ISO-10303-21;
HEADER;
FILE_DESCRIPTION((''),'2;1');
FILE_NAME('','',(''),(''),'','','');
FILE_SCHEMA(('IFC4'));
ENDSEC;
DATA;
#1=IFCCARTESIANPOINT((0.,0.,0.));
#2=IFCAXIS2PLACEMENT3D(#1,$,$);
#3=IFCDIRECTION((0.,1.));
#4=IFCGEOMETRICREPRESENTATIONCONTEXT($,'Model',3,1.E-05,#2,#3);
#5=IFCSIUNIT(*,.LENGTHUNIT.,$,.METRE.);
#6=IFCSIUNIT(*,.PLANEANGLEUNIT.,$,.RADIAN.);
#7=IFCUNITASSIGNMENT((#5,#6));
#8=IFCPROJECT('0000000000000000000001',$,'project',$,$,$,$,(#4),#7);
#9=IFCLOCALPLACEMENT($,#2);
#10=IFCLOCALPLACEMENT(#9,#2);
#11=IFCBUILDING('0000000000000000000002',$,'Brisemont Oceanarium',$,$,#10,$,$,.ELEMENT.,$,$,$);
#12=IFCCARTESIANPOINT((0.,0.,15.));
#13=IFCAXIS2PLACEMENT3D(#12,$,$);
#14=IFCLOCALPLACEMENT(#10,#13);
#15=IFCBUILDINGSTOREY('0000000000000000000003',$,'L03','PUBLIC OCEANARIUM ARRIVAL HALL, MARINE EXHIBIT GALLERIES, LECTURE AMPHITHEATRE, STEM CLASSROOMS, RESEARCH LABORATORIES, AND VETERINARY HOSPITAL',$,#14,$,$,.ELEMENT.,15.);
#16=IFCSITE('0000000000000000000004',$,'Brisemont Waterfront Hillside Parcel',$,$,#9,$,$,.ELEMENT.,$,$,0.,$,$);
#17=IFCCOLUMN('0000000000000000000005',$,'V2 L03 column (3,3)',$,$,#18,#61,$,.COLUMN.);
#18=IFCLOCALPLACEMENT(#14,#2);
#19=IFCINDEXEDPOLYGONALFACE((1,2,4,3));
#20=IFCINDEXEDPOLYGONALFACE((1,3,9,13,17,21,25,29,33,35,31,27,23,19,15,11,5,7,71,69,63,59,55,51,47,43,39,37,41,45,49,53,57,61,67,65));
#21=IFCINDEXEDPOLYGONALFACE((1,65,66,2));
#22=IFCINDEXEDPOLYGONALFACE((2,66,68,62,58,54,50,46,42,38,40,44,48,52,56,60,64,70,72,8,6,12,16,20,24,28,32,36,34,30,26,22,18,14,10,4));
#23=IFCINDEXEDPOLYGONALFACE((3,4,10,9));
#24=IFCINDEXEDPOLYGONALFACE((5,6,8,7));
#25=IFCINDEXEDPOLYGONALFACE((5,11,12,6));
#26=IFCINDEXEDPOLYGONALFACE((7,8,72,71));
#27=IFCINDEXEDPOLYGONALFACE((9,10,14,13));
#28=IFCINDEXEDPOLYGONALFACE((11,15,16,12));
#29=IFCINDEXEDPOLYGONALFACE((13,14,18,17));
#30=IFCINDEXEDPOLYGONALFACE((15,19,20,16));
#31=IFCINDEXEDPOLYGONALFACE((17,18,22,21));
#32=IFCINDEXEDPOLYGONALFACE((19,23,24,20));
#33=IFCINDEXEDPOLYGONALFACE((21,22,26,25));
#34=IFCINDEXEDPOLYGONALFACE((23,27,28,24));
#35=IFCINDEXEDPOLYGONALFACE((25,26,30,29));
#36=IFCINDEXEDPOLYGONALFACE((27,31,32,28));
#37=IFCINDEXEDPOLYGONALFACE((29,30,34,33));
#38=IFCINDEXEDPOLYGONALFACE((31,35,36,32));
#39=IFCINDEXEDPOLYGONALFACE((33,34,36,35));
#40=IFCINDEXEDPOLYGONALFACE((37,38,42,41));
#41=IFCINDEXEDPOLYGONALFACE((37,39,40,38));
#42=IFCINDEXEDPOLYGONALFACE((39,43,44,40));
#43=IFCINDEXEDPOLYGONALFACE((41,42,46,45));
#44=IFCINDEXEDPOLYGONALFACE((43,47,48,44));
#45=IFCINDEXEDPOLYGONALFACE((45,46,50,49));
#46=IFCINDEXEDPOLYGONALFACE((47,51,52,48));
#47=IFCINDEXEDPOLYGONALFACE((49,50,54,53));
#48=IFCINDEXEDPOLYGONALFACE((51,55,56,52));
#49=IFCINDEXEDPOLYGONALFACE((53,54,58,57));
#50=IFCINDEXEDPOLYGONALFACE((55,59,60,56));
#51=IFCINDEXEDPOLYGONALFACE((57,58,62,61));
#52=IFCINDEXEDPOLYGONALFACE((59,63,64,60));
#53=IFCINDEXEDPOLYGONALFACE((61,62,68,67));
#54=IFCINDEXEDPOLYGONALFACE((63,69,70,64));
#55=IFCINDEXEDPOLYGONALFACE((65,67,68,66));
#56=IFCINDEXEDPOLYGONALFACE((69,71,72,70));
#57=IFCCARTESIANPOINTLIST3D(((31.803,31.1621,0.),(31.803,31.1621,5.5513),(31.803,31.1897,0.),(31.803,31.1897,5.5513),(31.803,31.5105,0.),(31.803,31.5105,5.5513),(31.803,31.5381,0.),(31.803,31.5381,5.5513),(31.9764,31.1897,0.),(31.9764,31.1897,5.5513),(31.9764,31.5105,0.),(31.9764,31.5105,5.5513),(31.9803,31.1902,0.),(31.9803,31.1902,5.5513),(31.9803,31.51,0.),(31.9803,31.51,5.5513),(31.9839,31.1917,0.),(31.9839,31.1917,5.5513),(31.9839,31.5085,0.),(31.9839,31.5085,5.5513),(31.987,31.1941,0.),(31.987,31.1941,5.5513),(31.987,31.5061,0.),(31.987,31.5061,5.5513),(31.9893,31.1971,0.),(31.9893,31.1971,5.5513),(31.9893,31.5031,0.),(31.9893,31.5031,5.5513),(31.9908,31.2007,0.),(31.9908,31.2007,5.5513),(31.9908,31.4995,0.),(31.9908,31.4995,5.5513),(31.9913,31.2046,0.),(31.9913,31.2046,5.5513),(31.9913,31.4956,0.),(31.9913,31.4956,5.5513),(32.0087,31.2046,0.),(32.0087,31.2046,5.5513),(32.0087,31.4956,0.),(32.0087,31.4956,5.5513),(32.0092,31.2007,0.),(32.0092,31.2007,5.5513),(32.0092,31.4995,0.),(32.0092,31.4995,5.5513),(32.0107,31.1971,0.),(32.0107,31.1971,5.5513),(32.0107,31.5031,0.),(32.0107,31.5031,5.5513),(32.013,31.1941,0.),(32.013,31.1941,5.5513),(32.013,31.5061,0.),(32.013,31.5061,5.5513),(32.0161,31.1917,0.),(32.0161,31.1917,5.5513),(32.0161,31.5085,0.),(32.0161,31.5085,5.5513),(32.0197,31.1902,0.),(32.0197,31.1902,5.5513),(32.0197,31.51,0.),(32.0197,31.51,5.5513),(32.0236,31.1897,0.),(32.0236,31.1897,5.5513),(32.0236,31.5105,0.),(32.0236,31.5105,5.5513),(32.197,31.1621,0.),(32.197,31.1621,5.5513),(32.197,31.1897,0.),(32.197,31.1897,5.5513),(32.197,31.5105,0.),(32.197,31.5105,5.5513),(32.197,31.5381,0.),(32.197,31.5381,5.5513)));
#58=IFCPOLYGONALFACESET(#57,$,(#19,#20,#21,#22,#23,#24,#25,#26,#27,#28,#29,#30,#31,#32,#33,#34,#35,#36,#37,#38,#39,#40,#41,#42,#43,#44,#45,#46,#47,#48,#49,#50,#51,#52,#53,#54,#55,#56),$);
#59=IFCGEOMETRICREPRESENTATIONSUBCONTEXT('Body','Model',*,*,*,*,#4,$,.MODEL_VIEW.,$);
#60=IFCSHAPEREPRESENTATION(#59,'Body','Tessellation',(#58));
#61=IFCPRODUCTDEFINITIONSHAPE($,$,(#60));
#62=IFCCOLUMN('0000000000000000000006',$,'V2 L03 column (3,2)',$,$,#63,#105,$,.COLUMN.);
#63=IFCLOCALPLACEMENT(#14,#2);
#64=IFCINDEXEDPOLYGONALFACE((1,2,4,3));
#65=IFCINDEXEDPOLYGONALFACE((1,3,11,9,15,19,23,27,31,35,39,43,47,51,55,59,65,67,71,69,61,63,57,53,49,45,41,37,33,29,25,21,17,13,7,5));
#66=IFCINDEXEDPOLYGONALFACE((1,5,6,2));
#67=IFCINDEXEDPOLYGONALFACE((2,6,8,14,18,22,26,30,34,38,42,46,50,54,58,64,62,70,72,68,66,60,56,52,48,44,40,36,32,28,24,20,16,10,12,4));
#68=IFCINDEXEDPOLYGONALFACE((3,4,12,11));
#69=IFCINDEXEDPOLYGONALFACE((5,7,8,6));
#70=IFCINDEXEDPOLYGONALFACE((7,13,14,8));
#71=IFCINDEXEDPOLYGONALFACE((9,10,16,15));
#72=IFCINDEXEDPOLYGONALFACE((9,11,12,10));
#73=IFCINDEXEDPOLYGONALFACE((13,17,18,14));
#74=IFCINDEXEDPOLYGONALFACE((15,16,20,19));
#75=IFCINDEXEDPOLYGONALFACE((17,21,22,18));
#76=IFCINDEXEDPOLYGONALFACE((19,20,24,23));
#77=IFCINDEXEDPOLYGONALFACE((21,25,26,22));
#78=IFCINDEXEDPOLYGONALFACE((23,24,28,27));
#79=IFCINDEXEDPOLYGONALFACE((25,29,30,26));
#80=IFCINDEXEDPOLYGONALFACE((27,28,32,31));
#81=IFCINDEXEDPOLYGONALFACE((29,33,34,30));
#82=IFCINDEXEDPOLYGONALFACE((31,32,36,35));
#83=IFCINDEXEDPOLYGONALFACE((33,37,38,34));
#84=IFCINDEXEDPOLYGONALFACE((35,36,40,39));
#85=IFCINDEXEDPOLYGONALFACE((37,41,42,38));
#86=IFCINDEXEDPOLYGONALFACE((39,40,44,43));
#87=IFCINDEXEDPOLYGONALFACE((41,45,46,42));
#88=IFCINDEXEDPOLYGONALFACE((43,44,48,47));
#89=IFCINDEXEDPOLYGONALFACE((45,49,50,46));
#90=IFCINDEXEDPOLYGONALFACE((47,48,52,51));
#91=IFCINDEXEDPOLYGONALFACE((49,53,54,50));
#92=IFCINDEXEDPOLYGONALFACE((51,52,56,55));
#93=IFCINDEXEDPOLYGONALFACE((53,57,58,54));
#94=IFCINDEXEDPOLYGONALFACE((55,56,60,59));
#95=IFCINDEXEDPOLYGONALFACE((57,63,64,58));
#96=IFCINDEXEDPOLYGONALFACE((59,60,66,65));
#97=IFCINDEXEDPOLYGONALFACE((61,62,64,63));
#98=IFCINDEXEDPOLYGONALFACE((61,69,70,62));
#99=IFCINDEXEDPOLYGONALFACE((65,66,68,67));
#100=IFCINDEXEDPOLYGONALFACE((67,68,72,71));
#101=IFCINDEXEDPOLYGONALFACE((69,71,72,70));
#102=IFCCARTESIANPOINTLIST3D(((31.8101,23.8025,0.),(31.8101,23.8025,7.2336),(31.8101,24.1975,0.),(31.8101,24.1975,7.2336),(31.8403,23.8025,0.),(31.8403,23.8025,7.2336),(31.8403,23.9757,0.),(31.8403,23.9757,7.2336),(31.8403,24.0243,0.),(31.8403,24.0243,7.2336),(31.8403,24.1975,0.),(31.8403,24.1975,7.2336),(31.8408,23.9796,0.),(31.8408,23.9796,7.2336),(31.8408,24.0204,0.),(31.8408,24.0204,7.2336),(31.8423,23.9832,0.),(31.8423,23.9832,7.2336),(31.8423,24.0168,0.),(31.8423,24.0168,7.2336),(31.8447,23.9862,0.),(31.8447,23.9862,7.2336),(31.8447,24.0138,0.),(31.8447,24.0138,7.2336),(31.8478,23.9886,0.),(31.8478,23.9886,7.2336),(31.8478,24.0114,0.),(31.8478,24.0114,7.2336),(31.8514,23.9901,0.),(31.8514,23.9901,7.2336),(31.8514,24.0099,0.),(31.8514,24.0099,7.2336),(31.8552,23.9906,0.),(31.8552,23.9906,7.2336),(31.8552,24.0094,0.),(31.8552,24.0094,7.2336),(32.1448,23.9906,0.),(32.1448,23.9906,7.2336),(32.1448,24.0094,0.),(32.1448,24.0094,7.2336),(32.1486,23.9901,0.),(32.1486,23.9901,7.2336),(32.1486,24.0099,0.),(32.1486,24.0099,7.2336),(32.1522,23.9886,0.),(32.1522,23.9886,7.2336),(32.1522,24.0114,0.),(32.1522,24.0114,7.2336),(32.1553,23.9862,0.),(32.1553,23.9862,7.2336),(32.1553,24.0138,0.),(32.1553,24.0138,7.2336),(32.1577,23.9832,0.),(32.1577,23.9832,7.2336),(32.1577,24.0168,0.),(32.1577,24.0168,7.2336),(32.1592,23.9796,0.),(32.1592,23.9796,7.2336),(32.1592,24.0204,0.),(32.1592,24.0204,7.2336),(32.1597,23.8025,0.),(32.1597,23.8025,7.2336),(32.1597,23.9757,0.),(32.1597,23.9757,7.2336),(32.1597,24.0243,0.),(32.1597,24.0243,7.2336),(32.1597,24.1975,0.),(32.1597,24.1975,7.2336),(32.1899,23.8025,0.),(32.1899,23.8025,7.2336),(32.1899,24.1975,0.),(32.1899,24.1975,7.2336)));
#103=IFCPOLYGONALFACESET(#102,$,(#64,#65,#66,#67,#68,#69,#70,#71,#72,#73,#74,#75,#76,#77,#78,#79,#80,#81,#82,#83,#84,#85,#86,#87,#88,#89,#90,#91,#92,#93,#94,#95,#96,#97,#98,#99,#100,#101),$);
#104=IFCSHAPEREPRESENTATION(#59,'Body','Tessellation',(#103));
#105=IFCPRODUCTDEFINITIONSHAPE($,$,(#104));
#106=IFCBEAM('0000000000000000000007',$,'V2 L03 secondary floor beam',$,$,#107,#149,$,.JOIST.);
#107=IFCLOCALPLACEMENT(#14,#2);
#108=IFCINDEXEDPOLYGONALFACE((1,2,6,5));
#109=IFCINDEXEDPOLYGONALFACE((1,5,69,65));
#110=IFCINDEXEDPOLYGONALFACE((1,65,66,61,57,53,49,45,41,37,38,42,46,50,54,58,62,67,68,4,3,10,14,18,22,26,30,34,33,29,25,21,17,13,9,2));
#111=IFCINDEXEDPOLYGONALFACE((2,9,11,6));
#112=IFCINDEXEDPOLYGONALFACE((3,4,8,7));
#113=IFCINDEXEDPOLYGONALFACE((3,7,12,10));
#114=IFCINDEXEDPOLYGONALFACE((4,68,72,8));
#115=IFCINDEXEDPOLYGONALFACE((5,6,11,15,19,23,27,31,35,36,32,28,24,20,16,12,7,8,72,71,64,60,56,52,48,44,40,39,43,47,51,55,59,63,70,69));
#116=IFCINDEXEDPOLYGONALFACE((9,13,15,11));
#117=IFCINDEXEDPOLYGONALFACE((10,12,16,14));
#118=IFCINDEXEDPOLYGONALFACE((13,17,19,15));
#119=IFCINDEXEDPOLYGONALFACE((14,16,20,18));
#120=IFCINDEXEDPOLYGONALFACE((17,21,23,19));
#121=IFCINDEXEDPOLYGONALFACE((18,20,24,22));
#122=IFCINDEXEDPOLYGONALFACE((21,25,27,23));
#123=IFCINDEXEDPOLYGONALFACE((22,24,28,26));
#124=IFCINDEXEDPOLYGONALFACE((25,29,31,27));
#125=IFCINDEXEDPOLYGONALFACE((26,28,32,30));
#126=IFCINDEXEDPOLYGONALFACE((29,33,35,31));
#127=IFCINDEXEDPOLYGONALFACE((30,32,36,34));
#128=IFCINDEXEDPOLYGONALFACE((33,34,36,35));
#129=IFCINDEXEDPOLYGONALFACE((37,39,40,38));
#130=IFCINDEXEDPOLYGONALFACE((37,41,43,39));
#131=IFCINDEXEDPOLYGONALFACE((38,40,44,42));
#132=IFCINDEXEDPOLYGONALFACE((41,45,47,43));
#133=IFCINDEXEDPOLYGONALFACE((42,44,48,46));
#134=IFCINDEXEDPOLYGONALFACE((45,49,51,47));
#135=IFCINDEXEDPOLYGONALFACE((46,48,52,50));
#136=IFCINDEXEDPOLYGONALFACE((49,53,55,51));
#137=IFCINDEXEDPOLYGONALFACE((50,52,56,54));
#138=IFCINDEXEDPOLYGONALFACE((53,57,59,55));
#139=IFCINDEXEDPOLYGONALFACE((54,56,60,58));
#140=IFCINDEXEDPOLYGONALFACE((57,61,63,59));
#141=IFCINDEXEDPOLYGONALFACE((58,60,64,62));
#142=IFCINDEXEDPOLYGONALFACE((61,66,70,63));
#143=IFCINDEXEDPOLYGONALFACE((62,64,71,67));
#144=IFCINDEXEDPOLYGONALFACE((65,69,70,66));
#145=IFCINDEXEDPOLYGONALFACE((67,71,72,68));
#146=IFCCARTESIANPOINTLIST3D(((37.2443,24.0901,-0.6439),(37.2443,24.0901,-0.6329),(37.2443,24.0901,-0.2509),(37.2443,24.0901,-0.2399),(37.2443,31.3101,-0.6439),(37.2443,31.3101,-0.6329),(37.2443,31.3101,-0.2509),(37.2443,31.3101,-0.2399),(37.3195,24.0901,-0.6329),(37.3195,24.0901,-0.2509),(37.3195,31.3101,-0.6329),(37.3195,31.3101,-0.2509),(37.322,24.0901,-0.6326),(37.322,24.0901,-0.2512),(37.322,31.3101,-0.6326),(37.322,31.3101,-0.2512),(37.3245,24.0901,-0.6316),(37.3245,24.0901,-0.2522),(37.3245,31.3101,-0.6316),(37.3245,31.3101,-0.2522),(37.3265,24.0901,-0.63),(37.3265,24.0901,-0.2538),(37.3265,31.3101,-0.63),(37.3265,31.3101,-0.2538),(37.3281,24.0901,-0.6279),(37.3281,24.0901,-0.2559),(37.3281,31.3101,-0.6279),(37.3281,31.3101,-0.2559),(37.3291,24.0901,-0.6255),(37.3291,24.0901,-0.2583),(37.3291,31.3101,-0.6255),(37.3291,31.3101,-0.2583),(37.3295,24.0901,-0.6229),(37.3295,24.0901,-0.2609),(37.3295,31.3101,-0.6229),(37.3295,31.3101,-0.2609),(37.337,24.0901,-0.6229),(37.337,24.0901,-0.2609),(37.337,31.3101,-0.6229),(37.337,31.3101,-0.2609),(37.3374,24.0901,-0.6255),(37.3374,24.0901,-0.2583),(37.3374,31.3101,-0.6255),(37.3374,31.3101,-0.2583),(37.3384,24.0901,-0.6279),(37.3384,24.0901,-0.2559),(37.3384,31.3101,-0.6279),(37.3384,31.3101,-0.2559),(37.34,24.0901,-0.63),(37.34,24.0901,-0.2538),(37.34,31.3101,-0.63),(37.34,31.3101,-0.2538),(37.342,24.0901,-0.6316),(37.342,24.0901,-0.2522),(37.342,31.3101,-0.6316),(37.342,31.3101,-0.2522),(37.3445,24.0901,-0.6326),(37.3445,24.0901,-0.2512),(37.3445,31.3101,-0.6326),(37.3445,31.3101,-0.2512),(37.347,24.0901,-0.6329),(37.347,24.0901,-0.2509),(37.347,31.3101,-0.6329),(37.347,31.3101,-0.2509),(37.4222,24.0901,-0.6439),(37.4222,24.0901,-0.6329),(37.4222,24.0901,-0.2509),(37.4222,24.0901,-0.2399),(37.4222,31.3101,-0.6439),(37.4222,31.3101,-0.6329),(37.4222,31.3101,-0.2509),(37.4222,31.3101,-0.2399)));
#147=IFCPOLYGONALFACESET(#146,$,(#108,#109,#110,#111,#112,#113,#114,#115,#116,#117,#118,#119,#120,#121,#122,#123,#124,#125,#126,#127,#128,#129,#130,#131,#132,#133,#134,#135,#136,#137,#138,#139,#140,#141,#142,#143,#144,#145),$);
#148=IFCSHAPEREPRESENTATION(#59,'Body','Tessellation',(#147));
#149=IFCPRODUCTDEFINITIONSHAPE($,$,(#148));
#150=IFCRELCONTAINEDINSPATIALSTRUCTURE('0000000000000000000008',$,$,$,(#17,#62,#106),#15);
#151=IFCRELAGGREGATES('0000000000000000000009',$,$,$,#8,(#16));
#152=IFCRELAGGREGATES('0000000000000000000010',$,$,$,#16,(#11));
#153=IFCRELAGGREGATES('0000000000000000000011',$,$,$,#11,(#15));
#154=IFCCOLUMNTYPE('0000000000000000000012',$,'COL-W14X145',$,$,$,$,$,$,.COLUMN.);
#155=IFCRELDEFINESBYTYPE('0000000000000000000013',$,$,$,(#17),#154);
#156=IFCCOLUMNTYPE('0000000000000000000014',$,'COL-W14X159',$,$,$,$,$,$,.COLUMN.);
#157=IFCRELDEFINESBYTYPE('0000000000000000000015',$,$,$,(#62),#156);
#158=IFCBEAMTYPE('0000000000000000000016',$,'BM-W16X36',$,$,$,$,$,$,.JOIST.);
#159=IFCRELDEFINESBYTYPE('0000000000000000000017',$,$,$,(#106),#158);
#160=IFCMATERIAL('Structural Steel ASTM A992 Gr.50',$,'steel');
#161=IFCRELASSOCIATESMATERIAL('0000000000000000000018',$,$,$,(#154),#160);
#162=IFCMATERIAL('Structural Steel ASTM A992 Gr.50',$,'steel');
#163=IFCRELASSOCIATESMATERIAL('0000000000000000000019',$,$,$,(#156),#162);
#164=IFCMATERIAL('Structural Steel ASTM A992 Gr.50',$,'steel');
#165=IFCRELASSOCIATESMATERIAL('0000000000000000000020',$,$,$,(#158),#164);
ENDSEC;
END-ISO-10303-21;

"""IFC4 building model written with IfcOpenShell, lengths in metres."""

from ifc_helpers import new_model, si_unit, direction, frame, origin, origin_2d, place, context, subcontext, project, spatial, i_section, extrude, material, material_profile, profile_set, type_object, element, save


model = new_model("IFC4")

# Units and contexts
model_context = context("Model", 3, precision=1e-05, world=origin(), true_north=direction((0.0, 1.0)))
body_context = subcontext(model_context, "Body", "Model", "MODEL_VIEW")
ifc_project = project(units=[si_unit("LENGTHUNIT", "METRE"), si_unit("PLANEANGLEUNIT", "RADIAN")], contexts=[model_context])

# Site, building, storey
site_placement = place(None, origin())
site = spatial("IfcSite", under=ifc_project, at=site_placement, Name="Brisemont Waterfront Hillside Parcel", CompositionType="ELEMENT", RefElevation=0.0)
building_placement = place(site_placement, origin())
building = spatial("IfcBuilding", under=site, at=building_placement, Name="Brisemont Oceanarium", CompositionType="ELEMENT")
storey_placement = place(building_placement, frame((0.0, 0.0, 15.0)))
storey = spatial("IfcBuildingStorey", under=building, at=storey_placement, Name="L03", Description="PUBLIC OCEANARIUM ARRIVAL HALL, MARINE EXHIBIT GALLERIES, LECTURE AMPHITHEATRE, STEM CLASSROOMS, RESEARCH LABORATORIES, AND VETERINARY HOSPITAL", CompositionType="ELEMENT", Elevation=15.0)

# Columns
ifc_material_1 = material(Name="Structural Steel ASTM A992 Gr.50", Category="steel")
ifc_material_profile_1 = material_profile(ifc_material_1, i_section(OverallWidth=0.394, OverallDepth=0.376, WebThickness=0.0173, FlangeThickness=0.0276, FilletRadius=0.0149, at=origin_2d()), Name="W14X145")
ifc_profile_set_1 = profile_set([ifc_material_profile_1], Name="Structural Steel ASTM A992 Gr.50")
column_type_1 = type_object("IfcColumnType", Name="COL-W14X145", PredefinedType="COLUMN", material=ifc_profile_set_1)
column_1_placement = place(storey_placement, frame((32.0, 31.3501, 0.0), z_axis=(0.0, 0.0, 1.0), x_axis=(1.0, 0.0, 0.0)))
element("IfcColumn", 1, at=column_1_placement, inside=storey, type_object=column_type_1, Name="V2 L03 column (3,3)", PredefinedType="COLUMN", context=body_context, shape_type="SweptSolid", body=[
    extrude(i_section(OverallWidth=0.394, OverallDepth=0.376, WebThickness=0.0173, FlangeThickness=0.0276, FilletRadius=0.0149, at=origin_2d()), origin(), (0.0, 0.0, 1.0), 5.5513),
])
ifc_material_2 = material(Name="Structural Steel ASTM A992 Gr.50", Category="steel")
ifc_material_profile_2 = material_profile(ifc_material_2, i_section(OverallWidth=0.395, OverallDepth=0.3799, WebThickness=0.0188, FlangeThickness=0.0303, FilletRadius=0.0149, at=origin_2d()), Name="W14X159")
ifc_profile_set_2 = profile_set([ifc_material_profile_2], Name="Structural Steel ASTM A992 Gr.50")
column_type_2 = type_object("IfcColumnType", Name="COL-W14X159", PredefinedType="COLUMN", material=ifc_profile_set_2)
column_2_placement = place(storey_placement, frame((32.0, 24.0, 0.0), z_axis=(0.0, 0.0, 1.0), x_axis=(0.0, 1.0, 0.0)))
element("IfcColumn", 2, at=column_2_placement, inside=storey, type_object=column_type_2, Name="V2 L03 column (3,2)", PredefinedType="COLUMN", context=body_context, shape_type="SweptSolid", body=[
    extrude(i_section(OverallWidth=0.395, OverallDepth=0.3799, WebThickness=0.0188, FlangeThickness=0.0303, FilletRadius=0.0149, at=origin_2d()), origin(), (0.0, 0.0, 1.0), 7.2336),
])

# Beam
ifc_material_3 = material(Name="Structural Steel ASTM A992 Gr.50", Category="steel")
ifc_material_profile_3 = material_profile(ifc_material_3, i_section(OverallWidth=0.178, OverallDepth=0.4041, WebThickness=0.0076, FlangeThickness=0.011, FilletRadius=0.01, at=origin_2d()), Name="W16X36")
ifc_profile_set_3 = profile_set([ifc_material_profile_3], Name="Structural Steel ASTM A992 Gr.50")
beam_type_1 = type_object("IfcBeamType", Name="BM-W16X36", PredefinedType="JOIST", material=ifc_profile_set_3)
beam_1_placement = place(storey_placement, frame((37.3333, 24.0901, -0.4419), z_axis=(0.0, 1.0, 0.0), x_axis=(-1.0, 0.0, 0.0)))
element("IfcBeam", 3, at=beam_1_placement, inside=storey, type_object=beam_type_1, Name="V2 L03 secondary floor beam", PredefinedType="JOIST", context=body_context, shape_type="SweptSolid", body=[
    extrude(i_section(OverallWidth=0.178, OverallDepth=0.4041, WebThickness=0.0076, FlangeThickness=0.011, FilletRadius=0.01, at=origin_2d()), origin(), (0.0, 0.0, 1.0), 7.22),
])

save(model, "model.ifc")
